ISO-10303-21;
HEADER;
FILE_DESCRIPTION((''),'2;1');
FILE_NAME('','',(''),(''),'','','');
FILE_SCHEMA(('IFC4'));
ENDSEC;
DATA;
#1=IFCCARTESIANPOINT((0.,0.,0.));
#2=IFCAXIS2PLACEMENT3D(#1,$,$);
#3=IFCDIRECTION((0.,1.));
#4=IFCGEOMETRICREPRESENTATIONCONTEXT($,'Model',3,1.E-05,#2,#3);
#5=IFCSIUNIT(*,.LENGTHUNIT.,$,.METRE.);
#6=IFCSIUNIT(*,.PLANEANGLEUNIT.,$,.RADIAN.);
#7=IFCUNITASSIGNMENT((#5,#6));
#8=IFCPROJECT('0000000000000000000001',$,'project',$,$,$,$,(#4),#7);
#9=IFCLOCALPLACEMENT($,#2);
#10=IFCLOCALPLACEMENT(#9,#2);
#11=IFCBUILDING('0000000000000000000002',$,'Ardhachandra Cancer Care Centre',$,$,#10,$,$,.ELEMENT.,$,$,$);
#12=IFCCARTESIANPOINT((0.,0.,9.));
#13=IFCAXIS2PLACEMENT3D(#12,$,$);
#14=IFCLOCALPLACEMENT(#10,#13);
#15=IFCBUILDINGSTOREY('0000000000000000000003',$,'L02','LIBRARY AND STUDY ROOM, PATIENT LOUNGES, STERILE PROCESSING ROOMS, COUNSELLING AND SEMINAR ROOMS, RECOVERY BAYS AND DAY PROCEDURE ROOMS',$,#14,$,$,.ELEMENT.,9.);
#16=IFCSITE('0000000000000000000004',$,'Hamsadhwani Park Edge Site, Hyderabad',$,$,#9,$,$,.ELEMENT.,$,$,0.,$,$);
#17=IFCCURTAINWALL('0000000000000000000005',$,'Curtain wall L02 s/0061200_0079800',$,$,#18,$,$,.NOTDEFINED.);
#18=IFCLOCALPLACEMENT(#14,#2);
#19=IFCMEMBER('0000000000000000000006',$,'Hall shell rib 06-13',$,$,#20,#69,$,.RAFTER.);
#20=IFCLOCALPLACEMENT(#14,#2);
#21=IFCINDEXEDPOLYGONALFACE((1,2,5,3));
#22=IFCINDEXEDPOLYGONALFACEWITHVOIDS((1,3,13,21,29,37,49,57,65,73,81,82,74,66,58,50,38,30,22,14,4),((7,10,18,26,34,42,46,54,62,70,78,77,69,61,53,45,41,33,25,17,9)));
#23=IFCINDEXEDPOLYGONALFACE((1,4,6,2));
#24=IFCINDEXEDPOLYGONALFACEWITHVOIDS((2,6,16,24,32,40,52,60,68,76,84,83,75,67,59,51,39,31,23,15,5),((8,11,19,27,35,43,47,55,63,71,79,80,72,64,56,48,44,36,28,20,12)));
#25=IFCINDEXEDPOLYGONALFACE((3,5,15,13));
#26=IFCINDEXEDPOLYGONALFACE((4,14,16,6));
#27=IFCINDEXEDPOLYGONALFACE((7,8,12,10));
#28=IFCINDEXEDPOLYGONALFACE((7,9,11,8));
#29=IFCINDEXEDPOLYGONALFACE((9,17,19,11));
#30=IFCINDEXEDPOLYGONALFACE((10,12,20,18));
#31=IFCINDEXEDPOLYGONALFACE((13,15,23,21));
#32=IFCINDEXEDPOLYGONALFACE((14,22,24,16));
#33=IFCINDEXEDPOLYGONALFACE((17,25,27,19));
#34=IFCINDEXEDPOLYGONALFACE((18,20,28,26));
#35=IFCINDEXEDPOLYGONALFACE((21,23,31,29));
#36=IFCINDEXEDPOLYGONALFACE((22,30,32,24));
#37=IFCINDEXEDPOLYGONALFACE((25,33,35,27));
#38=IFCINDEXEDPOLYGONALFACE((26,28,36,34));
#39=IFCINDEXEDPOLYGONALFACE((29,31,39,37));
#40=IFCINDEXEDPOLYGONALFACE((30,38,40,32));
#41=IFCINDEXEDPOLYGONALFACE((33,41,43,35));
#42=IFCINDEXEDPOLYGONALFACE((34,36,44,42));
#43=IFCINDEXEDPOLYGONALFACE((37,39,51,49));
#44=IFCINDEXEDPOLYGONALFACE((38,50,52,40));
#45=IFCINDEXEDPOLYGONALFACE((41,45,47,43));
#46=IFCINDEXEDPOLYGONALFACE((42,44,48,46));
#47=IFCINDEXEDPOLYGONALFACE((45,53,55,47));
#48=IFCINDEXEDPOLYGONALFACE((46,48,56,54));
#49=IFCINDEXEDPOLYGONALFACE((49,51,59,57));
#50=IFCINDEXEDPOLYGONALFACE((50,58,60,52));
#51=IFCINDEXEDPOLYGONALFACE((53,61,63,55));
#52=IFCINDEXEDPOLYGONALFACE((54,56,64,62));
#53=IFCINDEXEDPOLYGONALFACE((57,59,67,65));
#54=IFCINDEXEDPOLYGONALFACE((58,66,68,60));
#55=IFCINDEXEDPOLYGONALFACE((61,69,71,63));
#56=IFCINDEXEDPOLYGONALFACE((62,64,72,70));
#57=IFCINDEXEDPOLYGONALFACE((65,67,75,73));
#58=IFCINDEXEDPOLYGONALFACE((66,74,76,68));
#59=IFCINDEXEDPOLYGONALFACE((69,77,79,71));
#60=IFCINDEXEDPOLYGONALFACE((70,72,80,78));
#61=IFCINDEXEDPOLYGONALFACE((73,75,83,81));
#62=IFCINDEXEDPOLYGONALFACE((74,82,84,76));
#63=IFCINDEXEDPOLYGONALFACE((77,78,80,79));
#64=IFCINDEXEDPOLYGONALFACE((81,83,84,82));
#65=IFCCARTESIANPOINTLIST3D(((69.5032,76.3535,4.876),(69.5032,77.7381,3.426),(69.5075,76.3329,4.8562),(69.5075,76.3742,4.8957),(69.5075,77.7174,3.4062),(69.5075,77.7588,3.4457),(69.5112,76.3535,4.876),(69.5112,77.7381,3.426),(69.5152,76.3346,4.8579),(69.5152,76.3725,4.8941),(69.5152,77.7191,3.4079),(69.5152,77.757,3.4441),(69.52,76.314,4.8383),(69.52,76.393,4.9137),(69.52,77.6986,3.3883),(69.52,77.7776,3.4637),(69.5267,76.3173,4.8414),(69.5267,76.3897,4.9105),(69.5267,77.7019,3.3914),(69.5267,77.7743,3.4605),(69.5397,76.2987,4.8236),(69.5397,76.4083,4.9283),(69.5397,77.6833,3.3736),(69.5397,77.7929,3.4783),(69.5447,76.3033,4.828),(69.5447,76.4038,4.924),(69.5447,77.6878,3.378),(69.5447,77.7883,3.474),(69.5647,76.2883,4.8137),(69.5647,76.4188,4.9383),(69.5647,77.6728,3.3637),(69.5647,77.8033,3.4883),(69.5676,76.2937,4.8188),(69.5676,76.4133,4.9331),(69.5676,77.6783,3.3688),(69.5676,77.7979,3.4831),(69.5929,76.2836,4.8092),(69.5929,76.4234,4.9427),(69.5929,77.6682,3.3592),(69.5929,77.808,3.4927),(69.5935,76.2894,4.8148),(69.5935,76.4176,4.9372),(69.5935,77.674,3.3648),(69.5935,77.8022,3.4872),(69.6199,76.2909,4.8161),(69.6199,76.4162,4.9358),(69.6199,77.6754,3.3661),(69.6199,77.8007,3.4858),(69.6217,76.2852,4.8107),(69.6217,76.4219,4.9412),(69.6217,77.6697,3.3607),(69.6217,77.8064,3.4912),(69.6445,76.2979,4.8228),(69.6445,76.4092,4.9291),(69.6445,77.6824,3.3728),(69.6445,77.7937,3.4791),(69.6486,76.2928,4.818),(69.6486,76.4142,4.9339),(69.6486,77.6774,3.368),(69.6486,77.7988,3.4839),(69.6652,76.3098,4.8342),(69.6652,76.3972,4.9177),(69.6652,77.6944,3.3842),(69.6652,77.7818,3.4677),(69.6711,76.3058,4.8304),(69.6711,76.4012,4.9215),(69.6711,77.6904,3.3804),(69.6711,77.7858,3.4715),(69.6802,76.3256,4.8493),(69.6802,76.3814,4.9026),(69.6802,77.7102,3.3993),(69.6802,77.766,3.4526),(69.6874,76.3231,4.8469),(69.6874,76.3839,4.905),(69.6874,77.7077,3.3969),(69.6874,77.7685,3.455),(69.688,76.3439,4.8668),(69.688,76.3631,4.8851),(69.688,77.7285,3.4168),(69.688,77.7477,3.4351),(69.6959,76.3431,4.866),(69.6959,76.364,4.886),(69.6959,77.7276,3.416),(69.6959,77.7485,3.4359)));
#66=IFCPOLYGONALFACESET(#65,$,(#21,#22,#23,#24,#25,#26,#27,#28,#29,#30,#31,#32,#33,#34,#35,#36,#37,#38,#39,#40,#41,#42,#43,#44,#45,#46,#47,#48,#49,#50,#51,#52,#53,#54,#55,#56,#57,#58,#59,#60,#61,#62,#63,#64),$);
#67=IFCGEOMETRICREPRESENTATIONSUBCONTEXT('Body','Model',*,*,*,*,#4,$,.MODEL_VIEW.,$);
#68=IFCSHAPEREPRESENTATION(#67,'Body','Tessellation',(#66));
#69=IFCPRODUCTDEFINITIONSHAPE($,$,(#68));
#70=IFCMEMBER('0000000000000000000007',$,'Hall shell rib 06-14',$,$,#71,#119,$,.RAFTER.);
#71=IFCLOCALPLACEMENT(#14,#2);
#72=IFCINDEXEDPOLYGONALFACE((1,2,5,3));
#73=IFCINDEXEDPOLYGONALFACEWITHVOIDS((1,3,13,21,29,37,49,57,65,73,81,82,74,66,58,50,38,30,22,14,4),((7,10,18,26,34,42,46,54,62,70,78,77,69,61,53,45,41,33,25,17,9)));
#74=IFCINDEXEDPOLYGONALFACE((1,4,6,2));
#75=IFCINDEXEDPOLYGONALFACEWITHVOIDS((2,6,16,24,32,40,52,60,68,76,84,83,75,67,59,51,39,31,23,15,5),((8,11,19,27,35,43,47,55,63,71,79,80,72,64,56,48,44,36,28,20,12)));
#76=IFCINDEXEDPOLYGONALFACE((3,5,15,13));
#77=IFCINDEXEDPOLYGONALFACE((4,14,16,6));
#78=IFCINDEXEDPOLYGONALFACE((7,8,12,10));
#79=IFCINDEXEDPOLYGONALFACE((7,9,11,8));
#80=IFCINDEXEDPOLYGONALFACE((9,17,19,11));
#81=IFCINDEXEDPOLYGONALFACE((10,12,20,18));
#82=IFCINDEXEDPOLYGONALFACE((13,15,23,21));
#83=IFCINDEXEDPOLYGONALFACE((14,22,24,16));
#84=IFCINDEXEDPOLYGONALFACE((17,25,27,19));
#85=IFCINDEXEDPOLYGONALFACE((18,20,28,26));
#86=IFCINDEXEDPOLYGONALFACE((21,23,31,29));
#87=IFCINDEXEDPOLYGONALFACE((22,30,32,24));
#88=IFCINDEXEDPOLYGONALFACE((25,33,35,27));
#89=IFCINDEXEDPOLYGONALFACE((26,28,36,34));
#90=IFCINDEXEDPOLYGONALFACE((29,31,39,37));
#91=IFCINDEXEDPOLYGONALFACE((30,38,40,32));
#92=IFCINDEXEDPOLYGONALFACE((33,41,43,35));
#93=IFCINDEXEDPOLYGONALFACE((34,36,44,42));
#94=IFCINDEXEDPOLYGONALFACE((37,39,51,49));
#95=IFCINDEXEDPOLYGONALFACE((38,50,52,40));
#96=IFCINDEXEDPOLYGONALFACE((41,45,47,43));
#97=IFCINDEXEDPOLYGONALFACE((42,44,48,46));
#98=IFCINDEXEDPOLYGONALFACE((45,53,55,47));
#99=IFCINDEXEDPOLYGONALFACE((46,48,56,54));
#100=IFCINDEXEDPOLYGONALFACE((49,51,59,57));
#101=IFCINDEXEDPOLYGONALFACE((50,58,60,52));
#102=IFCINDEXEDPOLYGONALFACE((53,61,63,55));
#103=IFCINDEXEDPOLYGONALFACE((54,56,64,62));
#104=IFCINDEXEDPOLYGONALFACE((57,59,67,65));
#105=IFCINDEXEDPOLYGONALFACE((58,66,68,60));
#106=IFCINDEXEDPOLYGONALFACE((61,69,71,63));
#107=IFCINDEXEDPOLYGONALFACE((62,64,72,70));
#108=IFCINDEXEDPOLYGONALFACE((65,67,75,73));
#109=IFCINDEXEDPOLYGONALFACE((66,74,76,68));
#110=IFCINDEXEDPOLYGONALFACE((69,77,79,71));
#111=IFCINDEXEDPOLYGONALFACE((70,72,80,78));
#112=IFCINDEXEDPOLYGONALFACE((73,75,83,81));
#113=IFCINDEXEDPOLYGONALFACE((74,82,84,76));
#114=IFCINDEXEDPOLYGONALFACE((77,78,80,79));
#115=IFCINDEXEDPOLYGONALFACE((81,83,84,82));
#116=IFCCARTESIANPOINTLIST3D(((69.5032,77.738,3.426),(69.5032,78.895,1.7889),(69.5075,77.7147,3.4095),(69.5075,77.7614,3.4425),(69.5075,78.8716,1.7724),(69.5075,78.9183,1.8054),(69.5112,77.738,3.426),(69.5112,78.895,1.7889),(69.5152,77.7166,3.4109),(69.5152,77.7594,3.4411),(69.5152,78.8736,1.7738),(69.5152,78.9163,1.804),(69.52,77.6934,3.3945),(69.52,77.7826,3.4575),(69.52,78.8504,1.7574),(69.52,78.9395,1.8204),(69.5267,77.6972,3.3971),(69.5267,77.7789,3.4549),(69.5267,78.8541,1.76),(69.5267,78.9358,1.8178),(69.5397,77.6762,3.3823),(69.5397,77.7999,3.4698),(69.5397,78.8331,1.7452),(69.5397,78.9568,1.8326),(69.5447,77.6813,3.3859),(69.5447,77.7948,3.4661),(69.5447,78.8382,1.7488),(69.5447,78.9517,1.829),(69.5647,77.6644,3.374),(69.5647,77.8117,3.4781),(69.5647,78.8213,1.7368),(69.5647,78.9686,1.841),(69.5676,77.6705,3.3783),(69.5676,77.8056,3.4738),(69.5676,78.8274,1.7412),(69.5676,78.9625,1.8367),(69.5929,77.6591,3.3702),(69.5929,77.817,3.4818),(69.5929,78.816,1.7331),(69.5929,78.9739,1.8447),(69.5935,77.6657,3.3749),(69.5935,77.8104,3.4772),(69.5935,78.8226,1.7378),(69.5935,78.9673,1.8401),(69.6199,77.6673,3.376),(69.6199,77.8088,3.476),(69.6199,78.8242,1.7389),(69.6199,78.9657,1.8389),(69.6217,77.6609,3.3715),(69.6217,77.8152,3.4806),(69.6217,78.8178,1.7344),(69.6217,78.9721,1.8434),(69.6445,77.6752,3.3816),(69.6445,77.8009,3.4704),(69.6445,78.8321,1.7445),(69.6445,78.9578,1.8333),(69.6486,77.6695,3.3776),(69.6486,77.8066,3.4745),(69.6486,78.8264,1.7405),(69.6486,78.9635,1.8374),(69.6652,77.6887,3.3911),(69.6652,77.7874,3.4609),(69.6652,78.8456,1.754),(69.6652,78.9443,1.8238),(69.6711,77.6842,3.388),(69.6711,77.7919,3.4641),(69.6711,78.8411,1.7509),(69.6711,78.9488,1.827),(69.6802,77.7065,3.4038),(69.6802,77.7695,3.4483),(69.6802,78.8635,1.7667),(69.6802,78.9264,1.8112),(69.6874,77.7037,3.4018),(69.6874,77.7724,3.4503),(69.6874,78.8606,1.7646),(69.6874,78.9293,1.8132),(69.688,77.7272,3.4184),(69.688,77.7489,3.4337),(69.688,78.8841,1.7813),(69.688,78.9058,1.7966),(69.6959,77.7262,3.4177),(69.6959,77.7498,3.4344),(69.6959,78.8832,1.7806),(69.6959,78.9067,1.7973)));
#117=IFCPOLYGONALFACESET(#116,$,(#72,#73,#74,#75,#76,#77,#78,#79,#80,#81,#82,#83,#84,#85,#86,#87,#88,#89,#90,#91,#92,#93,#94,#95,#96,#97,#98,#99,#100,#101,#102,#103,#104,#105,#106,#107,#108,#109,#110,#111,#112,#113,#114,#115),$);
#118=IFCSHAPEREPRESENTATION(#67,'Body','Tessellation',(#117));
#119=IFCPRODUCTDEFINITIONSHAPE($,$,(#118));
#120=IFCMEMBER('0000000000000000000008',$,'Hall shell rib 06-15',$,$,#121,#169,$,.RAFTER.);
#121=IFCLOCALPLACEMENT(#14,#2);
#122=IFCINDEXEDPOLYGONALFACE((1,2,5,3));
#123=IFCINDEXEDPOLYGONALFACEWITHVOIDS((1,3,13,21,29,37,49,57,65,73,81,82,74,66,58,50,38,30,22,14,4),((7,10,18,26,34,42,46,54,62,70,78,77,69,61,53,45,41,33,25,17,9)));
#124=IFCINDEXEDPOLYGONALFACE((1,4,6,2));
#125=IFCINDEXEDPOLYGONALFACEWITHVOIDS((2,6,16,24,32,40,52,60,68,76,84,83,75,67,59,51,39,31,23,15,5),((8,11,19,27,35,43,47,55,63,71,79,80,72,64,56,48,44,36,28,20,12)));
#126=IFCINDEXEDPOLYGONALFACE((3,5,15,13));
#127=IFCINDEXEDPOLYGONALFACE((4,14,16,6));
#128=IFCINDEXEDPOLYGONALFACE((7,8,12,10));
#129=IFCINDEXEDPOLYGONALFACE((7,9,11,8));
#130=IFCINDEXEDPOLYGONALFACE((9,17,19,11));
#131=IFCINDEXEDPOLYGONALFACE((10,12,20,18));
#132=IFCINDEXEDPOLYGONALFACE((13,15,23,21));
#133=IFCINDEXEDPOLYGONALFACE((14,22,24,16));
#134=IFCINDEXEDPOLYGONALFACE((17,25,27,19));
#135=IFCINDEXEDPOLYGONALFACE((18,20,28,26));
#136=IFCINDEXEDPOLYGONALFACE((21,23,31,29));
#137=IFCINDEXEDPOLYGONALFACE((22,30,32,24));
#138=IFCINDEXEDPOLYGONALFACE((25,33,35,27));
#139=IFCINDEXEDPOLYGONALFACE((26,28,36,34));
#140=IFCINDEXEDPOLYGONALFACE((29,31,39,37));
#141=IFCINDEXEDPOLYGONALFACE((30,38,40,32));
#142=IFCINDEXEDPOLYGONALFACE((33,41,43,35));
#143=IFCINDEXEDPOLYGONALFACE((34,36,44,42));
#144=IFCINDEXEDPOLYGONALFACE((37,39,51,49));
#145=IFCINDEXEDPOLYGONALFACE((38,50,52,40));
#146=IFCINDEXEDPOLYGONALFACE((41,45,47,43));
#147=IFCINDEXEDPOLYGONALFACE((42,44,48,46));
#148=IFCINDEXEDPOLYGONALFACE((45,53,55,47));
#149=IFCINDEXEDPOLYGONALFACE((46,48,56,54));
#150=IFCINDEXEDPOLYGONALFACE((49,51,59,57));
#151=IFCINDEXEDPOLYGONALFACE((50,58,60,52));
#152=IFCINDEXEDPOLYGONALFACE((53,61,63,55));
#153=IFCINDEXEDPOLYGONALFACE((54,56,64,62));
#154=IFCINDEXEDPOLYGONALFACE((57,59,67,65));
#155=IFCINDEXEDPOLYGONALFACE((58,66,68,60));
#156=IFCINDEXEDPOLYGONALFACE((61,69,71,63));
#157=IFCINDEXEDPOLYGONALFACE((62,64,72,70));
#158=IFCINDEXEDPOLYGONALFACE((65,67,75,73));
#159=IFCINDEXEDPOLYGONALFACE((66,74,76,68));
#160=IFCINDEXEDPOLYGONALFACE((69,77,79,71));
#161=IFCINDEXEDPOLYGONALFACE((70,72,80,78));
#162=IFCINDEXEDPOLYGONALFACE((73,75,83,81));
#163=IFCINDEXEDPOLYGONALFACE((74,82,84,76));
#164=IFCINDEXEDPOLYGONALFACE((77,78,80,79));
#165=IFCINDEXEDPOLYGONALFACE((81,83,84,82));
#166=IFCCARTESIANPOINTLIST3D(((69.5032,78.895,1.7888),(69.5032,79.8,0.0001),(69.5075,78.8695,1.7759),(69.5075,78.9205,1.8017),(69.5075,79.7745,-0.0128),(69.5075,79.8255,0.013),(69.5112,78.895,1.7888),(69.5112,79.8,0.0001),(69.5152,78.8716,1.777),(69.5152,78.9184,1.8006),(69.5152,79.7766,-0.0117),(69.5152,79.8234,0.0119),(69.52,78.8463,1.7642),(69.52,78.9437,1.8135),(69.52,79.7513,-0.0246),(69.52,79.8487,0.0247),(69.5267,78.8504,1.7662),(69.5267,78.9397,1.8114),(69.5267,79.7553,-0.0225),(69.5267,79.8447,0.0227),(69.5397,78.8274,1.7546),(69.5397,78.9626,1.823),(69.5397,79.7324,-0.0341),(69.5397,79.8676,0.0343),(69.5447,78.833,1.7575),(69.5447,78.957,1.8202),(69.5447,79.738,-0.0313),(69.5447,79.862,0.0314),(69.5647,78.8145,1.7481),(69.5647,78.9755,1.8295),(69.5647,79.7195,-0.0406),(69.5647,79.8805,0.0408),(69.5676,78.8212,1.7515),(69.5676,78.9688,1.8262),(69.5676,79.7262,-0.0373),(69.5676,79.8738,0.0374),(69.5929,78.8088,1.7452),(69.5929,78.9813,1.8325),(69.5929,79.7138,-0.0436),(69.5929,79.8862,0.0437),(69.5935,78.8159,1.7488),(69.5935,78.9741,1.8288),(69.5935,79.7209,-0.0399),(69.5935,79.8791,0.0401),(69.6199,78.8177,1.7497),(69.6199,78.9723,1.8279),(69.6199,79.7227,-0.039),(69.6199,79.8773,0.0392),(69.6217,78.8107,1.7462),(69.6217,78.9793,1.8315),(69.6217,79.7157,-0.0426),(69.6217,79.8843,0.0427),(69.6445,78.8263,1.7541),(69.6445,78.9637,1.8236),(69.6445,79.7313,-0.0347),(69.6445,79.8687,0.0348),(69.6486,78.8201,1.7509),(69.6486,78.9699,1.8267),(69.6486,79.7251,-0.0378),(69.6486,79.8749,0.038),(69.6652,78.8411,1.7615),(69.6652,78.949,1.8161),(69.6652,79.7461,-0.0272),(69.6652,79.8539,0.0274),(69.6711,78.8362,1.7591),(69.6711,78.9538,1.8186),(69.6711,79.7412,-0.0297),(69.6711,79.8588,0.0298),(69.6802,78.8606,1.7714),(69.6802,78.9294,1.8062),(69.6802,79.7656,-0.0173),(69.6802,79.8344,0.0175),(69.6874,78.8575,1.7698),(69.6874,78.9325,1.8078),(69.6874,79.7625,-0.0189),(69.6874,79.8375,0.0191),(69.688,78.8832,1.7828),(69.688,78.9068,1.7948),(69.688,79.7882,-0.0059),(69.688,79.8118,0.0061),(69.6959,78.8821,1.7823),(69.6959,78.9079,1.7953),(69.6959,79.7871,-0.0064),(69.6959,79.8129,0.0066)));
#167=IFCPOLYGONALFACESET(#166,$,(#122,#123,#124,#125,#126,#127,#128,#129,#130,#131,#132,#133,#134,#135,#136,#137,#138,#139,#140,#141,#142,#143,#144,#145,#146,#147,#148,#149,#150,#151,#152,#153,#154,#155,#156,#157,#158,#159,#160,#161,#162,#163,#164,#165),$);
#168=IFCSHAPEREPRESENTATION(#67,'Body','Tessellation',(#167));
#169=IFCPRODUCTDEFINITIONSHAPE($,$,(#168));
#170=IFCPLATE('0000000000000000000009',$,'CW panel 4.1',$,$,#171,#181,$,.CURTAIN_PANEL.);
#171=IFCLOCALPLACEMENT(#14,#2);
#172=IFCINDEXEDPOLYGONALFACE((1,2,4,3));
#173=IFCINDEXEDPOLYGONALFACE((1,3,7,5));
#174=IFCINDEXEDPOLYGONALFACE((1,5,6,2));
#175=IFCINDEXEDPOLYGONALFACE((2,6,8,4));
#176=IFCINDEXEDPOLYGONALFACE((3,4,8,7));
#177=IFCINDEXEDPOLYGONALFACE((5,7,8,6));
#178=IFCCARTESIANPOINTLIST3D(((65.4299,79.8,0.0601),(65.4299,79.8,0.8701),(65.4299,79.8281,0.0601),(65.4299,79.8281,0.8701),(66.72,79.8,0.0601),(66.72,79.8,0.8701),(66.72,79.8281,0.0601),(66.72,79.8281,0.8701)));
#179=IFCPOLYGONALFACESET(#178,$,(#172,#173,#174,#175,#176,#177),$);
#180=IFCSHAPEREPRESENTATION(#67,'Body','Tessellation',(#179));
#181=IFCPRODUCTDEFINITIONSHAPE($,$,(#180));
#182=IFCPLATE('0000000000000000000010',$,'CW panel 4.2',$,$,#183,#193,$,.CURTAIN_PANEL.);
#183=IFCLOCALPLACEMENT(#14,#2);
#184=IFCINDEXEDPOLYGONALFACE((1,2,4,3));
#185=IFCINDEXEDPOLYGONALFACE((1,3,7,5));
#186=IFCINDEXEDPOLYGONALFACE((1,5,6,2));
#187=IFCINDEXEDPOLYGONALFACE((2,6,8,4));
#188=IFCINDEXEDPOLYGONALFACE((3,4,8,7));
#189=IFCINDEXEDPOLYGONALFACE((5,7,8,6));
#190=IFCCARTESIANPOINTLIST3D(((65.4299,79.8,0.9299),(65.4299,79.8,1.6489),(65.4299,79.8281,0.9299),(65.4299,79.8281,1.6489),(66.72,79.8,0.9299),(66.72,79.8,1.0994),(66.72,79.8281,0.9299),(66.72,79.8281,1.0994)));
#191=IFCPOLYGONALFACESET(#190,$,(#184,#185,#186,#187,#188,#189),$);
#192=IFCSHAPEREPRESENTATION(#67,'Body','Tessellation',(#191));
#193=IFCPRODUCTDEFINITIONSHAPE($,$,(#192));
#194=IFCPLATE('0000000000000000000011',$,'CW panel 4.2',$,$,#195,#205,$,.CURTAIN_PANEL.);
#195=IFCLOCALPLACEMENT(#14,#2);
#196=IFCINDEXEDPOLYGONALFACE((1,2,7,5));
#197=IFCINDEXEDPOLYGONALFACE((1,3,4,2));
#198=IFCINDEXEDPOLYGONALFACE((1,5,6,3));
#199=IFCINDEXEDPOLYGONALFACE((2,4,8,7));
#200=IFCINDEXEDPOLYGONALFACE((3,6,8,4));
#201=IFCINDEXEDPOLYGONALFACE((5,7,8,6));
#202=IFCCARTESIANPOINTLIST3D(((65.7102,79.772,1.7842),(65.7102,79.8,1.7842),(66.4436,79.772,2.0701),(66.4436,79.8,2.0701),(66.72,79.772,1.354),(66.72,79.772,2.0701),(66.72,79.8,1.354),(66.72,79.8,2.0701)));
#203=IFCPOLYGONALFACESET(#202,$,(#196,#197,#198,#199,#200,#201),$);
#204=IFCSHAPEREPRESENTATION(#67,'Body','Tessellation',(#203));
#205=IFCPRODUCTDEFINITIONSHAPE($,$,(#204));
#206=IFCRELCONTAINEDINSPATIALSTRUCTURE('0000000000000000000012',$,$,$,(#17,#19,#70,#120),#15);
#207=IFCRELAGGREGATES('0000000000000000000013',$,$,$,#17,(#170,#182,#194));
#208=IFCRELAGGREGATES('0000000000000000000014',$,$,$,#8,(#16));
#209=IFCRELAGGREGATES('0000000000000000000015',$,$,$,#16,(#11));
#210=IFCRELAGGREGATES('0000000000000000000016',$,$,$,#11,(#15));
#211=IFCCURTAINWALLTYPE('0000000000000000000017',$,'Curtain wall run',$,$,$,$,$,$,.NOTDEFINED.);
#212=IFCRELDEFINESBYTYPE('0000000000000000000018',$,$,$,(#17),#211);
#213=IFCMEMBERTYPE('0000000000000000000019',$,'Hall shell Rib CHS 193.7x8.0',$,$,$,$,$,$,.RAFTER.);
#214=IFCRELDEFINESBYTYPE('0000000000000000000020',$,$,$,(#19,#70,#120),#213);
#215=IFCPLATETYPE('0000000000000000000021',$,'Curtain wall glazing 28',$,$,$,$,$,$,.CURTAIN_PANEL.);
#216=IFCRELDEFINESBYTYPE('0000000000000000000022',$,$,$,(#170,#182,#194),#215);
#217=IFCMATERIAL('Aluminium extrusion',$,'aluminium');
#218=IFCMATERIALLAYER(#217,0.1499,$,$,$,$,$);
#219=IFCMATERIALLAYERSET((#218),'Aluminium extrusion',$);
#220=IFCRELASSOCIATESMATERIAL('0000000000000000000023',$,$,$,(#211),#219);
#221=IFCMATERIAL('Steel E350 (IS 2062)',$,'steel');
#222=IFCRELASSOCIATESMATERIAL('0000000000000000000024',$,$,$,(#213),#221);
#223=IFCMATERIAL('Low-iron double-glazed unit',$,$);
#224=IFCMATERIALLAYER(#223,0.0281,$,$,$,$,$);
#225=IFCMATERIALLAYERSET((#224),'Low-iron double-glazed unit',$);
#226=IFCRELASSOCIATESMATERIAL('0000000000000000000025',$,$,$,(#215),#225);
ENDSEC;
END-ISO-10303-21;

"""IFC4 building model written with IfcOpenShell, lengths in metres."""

from ifc_helpers import new_model, si_unit, direction, frame, origin, origin_2d, place, context, subcontext, project, spatial, polyline, hollow_circle, outline, extrude, material, layer, layer_set, material_profile, profile_set, type_object, element, aggregate, save


model = new_model("IFC4")

# Units and contexts
model_context = context("Model", 3, precision=1e-05, world=origin(), true_north=direction((0.0, 1.0)))
body_context = subcontext(model_context, "Body", "Model", "MODEL_VIEW")
ifc_project = project(units=[si_unit("LENGTHUNIT", "METRE"), si_unit("PLANEANGLEUNIT", "RADIAN")], contexts=[model_context])

# Site, building, storey
site_placement = place(None, origin())
site = spatial("IfcSite", under=ifc_project, at=site_placement, Name="Hamsadhwani Park Edge Site, Hyderabad", CompositionType="ELEMENT", RefElevation=0.0)
building_placement = place(site_placement, origin())
building = spatial("IfcBuilding", under=site, at=building_placement, Name="Ardhachandra Cancer Care Centre", CompositionType="ELEMENT")
storey_placement = place(building_placement, frame((0.0, 0.0, 9.0)))
storey = spatial("IfcBuildingStorey", under=building, at=storey_placement, Name="L02", Description="LIBRARY AND STUDY ROOM, PATIENT LOUNGES, STERILE PROCESSING ROOMS, COUNSELLING AND SEMINAR ROOMS, RECOVERY BAYS AND DAY PROCEDURE ROOMS", CompositionType="ELEMENT", Elevation=9.0)

# Curtain wall
ifc_material_1 = material(Name="Aluminium extrusion", Category="aluminium")
ifc_layer_1 = layer(ifc_material_1, 0.1499)
ifc_layer_set_1 = layer_set([ifc_layer_1], Name="Aluminium extrusion")
curtain_wall_type = type_object("IfcCurtainWallType", Name="Curtain wall run", PredefinedType="NOTDEFINED", material=ifc_layer_set_1)
curtain_wall_placement = place(storey_placement, origin())
curtain_wall = element("IfcCurtainWall", 1, at=curtain_wall_placement, inside=storey, type_object=curtain_wall_type, Name="Curtain wall L02 s/0061200_0079800", PredefinedType="NOTDEFINED")

# Members
ifc_material_2 = material(Name="Steel E350 (IS 2062)", Category="steel")
ifc_material_profile_1 = material_profile(ifc_material_2, hollow_circle(Radius=0.0969, WallThickness=0.0081, at=origin_2d()), Name="CHS 193.7x8.0")
ifc_profile_set_1 = profile_set([ifc_material_profile_1], Name="Steel E350 (IS 2062)")
member_type_1 = type_object("IfcMemberType", Name="Hall shell Rib CHS 193.7x8.0", PredefinedType="RAFTER", material=ifc_profile_set_1)
member_1_placement = place(storey_placement, frame((69.6001, 76.3535, 4.876), z_axis=(0.0, 0.6906, -0.723237), x_axis=(-1.0, 0.0, 0.0)))
element("IfcMember", 2, at=member_1_placement, inside=storey, type_object=member_type_1, Name="Hall shell rib 06-13", PredefinedType="RAFTER", context=body_context, shape_type="SweptSolid", body=[
    extrude(hollow_circle(Radius=0.0969, WallThickness=0.0081, at=origin_2d()), origin(), (0.0, 0.0, 1.0), 2.0049),
])
for number, where, z_axis, x_axis, name in (
    (3, (69.6001, 77.738, 3.426), (0.0, 0.577118, -0.816661), (-1.0, 0.0, 0.0), "Hall shell rib 06-14"),
    (4, (69.6001, 78.895, 1.7888), (0.0, 0.451447, -0.892298), (-1.0, 0.0, 0.0), "Hall shell rib 06-15"),
):
    element("IfcMember", number, at=place(storey_placement, frame(where, z_axis=z_axis, x_axis=x_axis)), inside=storey, type_object=member_type_1, Name=name, PredefinedType="RAFTER", context=body_context, shape_type="SweptSolid", body=[
        extrude(hollow_circle(Radius=0.0969, WallThickness=0.0081, at=origin_2d()), origin(), (0.0, 0.0, 1.0), 2.0046),
    ])

# Plates
ifc_material_3 = material(Name="Low-iron double-glazed unit")
ifc_layer_2 = layer(ifc_material_3, 0.0281)
ifc_layer_set_2 = layer_set([ifc_layer_2], Name="Low-iron double-glazed unit")
plate_type_1 = type_object("IfcPlateType", Name="Curtain wall glazing 28", PredefinedType="CURTAIN_PANEL", material=ifc_layer_set_2)
plate_1_placement = place(storey_placement, frame((65.4299, 79.8, 0.0601), z_axis=(0.0, 1.0, 0.0), x_axis=(0.0, 0.0, 1.0)))
plate_1 = element("IfcPlate", 5, at=plate_1_placement, type_object=plate_type_1, Name="CW panel 4.1", PredefinedType="CURTAIN_PANEL", context=body_context, shape_type="SweptSolid", body=[
    extrude(outline(polyline([(0.0, 0.0), (0.8101, 0.0), (0.8101, 1.29), (0.0, 1.29), (0.0, 0.0)])), origin(), (0.0, 0.0, 1.0), 0.0281),
])
plate_2_placement = place(storey_placement, frame((66.72, 79.8, 0.9299), z_axis=(0.0, 1.0, 0.0), x_axis=(-1.0, 0.0, 0.0)))
plate_2 = element("IfcPlate", 6, at=plate_2_placement, type_object=plate_type_1, Name="CW panel 4.2", PredefinedType="CURTAIN_PANEL", context=body_context, shape_type="SweptSolid", body=[
    extrude(outline(polyline([(0.0, 0.0), (1.29, 0.0), (1.29, 0.719), (0.0, 0.1694), (0.0, 0.0)])), origin(), (0.0, 0.0, 1.0), 0.0281),
])
plate_3_placement = place(storey_placement, frame((66.72, 79.8, 2.0701), z_axis=(0.0, 1.0, 0.0), x_axis=(0.0, 0.0, -1.0)))
plate_3 = element("IfcPlate", 7, at=plate_3_placement, type_object=plate_type_1, Name="CW panel 4.2", PredefinedType="CURTAIN_PANEL", context=body_context, shape_type="SweptSolid", body=[
    extrude(outline(polyline([(0.0, 0.0), (0.7161, 0.0), (0.2859, 1.0098), (0.0, 0.2764), (0.0, 0.0)])), frame((0.0, 0.0, -0.0281)), (0.0, 0.0, 1.0), 0.0281),
])
aggregate(curtain_wall, [plate_1, plate_2, plate_3])

save(model, "model.ifc")
